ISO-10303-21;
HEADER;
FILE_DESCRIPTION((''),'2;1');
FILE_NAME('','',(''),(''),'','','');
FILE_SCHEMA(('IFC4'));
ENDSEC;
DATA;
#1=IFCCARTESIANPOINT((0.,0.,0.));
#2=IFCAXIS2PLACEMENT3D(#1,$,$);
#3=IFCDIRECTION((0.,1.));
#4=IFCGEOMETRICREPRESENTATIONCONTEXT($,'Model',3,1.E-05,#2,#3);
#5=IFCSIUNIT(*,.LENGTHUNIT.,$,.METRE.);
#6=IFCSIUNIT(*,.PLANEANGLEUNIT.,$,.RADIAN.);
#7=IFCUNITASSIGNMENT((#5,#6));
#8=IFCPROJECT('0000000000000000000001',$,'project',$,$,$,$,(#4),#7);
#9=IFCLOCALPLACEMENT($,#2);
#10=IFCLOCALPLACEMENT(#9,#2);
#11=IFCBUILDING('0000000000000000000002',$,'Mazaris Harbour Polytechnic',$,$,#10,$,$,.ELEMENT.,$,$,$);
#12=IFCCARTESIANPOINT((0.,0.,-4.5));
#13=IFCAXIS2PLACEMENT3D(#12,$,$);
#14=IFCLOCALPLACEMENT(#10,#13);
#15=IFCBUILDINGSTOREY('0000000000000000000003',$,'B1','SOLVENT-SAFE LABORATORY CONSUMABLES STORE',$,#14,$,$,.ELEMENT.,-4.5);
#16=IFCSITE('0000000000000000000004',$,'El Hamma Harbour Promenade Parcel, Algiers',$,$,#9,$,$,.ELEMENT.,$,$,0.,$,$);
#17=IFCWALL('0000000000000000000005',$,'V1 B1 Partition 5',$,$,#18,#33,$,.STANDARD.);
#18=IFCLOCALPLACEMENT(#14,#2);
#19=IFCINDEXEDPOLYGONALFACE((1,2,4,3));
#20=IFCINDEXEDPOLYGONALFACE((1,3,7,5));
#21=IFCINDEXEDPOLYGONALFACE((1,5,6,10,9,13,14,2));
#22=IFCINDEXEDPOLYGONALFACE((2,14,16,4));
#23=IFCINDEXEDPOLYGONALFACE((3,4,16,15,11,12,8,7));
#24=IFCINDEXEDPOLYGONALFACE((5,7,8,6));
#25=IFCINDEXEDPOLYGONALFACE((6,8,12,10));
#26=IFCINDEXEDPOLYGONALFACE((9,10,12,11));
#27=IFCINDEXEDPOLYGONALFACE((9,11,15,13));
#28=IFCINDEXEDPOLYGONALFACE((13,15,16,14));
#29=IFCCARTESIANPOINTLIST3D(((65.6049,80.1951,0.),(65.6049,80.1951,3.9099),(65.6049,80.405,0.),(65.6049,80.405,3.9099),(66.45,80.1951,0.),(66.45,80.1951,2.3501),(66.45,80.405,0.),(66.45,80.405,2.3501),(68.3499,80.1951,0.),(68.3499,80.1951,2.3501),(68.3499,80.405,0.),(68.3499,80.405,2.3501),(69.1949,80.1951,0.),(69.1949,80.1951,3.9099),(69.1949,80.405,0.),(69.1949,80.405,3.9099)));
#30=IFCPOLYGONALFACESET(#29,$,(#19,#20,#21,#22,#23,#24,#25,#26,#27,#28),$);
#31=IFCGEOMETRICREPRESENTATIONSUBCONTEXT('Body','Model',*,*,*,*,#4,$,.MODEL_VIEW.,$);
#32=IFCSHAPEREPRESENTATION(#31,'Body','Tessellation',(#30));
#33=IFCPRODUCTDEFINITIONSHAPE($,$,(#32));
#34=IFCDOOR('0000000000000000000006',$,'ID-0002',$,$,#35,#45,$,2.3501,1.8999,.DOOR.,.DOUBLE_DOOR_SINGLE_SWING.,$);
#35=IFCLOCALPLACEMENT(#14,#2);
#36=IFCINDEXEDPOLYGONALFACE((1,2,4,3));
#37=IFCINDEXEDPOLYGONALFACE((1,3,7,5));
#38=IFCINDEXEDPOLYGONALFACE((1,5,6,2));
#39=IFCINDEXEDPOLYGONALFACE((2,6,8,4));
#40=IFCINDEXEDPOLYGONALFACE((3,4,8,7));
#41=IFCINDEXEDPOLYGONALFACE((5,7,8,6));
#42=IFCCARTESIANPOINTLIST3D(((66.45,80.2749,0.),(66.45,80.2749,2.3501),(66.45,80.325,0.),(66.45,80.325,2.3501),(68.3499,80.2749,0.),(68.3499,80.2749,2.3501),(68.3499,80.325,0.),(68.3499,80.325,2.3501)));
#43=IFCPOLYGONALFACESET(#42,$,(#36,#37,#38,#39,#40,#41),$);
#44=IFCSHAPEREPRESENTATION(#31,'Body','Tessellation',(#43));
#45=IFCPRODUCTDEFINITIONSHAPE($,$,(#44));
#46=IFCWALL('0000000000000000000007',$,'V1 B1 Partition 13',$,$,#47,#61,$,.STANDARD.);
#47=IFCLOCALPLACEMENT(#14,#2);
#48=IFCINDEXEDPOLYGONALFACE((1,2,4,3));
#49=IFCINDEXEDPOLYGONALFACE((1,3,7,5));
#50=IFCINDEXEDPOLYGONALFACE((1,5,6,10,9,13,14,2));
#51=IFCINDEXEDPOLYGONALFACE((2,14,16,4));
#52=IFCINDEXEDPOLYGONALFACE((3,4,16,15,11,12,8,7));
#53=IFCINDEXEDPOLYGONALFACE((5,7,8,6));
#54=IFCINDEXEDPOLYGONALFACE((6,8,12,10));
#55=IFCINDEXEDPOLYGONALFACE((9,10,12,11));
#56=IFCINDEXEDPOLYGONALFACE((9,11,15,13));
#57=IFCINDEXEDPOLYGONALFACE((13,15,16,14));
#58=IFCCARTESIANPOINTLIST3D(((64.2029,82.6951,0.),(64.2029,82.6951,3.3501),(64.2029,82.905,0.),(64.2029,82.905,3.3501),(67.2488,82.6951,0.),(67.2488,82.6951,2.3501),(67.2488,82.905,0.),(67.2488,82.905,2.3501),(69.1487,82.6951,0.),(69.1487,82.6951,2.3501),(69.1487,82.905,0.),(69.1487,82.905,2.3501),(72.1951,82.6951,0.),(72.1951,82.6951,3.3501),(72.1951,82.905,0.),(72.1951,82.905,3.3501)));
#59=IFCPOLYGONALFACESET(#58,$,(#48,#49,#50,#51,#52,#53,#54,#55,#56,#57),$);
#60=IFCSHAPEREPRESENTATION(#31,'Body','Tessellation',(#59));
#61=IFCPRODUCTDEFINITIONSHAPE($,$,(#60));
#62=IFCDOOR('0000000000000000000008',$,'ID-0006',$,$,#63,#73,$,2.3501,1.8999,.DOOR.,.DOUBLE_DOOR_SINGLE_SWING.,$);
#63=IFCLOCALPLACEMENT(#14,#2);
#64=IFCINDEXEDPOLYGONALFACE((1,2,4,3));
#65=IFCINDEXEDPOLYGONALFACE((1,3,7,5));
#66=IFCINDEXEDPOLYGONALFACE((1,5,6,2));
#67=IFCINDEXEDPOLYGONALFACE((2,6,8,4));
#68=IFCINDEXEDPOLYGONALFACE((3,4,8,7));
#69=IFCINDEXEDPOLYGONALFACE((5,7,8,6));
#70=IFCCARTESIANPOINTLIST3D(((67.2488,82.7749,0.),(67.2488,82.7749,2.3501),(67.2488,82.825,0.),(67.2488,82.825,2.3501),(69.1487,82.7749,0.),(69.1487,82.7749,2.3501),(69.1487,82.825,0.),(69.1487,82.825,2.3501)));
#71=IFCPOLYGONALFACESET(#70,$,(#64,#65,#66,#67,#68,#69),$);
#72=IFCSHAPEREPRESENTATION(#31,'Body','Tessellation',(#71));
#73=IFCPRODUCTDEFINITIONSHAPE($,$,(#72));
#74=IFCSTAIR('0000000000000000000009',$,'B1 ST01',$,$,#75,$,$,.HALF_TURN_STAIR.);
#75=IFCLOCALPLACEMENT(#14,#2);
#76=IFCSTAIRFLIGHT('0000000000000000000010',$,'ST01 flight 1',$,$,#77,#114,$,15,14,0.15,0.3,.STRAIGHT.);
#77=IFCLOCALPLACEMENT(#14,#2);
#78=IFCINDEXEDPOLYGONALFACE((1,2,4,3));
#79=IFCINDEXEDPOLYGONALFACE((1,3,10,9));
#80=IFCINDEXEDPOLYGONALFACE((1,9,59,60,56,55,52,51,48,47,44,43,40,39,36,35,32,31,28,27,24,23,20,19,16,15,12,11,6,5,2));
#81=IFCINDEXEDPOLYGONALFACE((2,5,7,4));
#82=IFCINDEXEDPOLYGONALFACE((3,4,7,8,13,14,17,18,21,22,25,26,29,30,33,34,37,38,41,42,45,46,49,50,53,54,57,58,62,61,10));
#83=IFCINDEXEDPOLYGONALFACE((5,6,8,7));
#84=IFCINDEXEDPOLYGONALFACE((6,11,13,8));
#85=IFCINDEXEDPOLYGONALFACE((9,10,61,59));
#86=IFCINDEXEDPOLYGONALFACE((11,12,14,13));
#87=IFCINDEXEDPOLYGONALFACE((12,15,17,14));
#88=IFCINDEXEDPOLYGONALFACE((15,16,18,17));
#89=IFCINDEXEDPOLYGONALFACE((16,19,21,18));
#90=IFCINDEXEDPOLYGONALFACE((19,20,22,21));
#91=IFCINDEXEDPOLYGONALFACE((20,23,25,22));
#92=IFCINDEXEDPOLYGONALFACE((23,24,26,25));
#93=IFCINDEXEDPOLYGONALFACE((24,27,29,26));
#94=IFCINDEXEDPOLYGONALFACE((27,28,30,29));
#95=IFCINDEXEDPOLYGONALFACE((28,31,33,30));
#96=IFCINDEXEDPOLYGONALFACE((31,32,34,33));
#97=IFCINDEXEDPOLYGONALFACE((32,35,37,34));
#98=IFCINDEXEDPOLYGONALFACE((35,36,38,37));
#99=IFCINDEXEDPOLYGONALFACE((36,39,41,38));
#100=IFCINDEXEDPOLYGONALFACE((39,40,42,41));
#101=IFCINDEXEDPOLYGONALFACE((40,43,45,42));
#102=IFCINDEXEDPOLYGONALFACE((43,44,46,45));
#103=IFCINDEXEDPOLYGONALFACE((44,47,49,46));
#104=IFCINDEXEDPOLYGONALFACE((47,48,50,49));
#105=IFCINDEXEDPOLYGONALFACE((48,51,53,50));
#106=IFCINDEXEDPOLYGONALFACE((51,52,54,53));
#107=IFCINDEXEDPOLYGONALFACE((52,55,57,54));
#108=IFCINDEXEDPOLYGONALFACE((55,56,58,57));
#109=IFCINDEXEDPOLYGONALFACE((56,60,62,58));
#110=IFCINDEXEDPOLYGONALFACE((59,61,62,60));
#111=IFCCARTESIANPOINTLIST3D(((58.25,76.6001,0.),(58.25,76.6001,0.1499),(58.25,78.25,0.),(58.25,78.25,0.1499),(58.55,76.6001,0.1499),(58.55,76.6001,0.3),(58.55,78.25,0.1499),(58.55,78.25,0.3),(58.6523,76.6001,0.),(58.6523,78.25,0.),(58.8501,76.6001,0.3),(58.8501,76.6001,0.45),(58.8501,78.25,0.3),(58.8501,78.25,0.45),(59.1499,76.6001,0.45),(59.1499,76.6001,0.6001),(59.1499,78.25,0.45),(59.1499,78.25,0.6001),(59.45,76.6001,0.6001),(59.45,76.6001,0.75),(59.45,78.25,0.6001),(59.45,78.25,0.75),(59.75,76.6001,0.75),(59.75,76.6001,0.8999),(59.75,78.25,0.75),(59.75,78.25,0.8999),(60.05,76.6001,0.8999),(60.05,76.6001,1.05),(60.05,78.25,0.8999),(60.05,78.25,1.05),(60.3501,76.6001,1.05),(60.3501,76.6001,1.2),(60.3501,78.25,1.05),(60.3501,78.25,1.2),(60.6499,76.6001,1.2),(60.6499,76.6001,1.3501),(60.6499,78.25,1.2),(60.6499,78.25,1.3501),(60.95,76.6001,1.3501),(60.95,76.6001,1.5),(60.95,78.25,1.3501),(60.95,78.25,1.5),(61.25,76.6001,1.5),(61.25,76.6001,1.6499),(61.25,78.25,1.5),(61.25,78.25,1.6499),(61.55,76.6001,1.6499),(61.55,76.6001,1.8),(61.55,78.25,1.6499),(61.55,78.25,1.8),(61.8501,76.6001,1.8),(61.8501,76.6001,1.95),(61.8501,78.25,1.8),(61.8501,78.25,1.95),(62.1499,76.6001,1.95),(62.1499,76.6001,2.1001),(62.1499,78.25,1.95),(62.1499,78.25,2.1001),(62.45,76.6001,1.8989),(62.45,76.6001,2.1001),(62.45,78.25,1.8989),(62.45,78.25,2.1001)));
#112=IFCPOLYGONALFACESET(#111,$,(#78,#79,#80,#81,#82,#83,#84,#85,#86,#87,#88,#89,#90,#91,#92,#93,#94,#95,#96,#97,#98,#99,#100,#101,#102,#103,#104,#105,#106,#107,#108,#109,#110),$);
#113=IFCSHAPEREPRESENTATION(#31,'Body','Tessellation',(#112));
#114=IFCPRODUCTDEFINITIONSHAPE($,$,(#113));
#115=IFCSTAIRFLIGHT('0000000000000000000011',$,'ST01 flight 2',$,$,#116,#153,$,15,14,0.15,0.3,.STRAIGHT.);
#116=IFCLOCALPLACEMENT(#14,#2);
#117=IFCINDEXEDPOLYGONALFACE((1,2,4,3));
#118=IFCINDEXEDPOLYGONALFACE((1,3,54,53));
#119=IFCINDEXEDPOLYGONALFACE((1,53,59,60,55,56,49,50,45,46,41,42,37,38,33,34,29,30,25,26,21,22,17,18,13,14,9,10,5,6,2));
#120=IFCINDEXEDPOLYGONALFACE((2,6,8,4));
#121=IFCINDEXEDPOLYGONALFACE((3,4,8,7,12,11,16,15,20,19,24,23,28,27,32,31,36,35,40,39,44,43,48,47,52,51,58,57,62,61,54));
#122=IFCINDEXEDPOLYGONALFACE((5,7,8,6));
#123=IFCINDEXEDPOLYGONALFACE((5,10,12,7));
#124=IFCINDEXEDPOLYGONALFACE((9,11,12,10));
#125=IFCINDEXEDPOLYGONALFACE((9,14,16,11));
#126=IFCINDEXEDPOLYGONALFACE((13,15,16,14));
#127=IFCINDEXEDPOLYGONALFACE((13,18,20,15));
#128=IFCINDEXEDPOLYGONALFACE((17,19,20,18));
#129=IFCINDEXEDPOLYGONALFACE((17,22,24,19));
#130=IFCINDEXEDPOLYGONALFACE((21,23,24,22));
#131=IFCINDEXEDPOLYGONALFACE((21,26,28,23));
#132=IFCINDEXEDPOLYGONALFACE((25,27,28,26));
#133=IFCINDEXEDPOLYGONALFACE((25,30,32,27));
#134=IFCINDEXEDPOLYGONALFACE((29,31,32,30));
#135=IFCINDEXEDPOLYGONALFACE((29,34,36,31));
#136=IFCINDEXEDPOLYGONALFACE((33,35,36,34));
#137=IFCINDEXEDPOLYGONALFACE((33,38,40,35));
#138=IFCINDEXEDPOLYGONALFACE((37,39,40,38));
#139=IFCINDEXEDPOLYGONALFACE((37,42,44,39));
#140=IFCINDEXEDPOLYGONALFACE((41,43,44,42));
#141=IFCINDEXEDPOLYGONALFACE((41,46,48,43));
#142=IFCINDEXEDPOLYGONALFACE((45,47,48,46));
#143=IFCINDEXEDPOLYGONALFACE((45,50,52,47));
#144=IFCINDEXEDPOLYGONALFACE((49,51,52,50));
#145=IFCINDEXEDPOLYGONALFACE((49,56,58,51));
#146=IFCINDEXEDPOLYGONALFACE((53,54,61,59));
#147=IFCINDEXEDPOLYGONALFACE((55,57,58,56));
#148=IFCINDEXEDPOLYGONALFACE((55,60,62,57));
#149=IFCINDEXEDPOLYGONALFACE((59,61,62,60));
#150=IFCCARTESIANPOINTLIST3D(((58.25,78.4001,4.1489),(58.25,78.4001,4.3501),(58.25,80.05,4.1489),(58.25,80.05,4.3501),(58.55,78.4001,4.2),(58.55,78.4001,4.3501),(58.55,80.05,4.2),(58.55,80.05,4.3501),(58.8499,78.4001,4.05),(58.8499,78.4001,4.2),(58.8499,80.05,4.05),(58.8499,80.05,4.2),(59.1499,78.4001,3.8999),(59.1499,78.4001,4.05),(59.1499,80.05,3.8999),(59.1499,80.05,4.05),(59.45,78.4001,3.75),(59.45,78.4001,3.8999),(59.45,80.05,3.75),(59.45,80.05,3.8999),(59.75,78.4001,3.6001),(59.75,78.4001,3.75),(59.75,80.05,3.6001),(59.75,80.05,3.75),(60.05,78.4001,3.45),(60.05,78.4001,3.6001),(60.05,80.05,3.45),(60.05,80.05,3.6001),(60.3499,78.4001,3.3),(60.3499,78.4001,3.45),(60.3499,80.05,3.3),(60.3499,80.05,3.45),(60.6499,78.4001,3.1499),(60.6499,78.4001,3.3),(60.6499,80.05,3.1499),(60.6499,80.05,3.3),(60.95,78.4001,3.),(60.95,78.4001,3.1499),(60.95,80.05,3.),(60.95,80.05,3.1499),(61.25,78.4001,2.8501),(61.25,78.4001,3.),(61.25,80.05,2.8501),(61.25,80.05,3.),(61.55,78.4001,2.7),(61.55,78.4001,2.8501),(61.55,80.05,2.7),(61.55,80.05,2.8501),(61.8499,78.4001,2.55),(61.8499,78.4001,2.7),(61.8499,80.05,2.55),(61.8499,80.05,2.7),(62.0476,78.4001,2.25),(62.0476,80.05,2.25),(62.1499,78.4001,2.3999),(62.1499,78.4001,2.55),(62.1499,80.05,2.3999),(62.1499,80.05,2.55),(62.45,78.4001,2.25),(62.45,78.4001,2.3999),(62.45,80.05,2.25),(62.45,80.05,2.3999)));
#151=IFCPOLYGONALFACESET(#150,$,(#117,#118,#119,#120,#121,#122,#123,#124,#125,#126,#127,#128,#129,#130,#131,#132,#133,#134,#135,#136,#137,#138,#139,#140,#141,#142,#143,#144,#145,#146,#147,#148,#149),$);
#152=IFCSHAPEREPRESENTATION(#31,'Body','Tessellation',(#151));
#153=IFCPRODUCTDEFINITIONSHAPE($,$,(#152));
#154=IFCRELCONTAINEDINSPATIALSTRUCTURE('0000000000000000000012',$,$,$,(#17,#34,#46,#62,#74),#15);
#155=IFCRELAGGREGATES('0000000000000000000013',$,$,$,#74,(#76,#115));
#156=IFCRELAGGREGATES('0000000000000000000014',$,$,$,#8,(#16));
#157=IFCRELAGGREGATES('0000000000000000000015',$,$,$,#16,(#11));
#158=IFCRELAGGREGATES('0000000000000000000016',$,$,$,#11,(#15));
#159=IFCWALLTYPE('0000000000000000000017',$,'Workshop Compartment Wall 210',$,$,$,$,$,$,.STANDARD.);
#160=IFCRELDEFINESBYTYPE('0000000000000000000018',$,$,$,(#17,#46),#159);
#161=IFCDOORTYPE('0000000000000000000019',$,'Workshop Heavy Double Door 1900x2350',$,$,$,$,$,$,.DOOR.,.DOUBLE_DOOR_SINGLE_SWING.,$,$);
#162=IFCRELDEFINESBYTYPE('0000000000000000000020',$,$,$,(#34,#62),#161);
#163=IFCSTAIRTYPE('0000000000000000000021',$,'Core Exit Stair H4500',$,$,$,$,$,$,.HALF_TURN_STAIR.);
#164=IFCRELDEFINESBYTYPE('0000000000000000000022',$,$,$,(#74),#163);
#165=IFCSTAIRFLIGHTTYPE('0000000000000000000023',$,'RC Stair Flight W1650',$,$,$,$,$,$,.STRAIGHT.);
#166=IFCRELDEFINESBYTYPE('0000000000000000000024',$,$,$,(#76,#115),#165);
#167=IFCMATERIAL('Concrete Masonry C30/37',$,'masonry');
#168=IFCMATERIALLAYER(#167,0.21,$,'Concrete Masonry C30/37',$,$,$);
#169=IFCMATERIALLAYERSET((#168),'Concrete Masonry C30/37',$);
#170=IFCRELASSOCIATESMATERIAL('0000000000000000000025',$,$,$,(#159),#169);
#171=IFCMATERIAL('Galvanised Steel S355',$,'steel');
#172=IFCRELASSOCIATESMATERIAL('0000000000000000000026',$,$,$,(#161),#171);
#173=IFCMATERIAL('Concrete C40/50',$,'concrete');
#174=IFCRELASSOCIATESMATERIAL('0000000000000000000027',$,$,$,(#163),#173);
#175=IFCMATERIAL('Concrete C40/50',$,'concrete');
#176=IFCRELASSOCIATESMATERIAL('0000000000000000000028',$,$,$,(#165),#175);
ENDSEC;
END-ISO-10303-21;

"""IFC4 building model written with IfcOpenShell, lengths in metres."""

from ifc_helpers import new_model, si_unit, direction, frame, frame_2d, origin, place, context, subcontext, project, spatial, polyline, rectangle, outline, extrude, material, layer, layer_set, type_object, element, fill, aggregate, save


model = new_model("IFC4")

# Units and contexts
model_context = context("Model", 3, precision=1e-05, world=origin(), true_north=direction((0.0, 1.0)))
body_context = subcontext(model_context, "Body", "Model", "MODEL_VIEW")
ifc_project = project(units=[si_unit("LENGTHUNIT", "METRE"), si_unit("PLANEANGLEUNIT", "RADIAN")], contexts=[model_context])

# Site, building, storey
site_placement = place(None, origin())
site = spatial("IfcSite", under=ifc_project, at=site_placement, Name="El Hamma Harbour Promenade Parcel, Algiers", CompositionType="ELEMENT", RefElevation=0.0)
building_placement = place(site_placement, origin())
building = spatial("IfcBuilding", under=site, at=building_placement, Name="Mazaris Harbour Polytechnic", CompositionType="ELEMENT")
storey_placement = place(building_placement, frame((0.0, 0.0, -4.5)))
storey = spatial("IfcBuildingStorey", under=building, at=storey_placement, Name="B1", Description="SOLVENT-SAFE LABORATORY CONSUMABLES STORE", CompositionType="ELEMENT", Elevation=-4.5)

# Walls, openings, doors
ifc_material_1 = material(Name="Concrete Masonry C30/37", Category="masonry")
ifc_layer_1 = layer(ifc_material_1, 0.21, Name="Concrete Masonry C30/37")
ifc_layer_set_1 = layer_set([ifc_layer_1], Name="Concrete Masonry C30/37")
wall_type_1 = type_object("IfcWallType", Name="Workshop Compartment Wall 210", PredefinedType="STANDARD", material=ifc_layer_set_1)
wall_1_placement = place(storey_placement, frame((65.605, 80.3, 0.0), z_axis=(0.0, 0.0, 1.0), x_axis=(1.0, 0.0, 0.0)))
wall_1 = element("IfcWall", 1, at=wall_1_placement, inside=storey, type_object=wall_type_1, Name="V1 B1 Partition 5", PredefinedType="STANDARD", context=body_context, shape_type="SweptSolid", body=[
    extrude(rectangle(XDim=3.5901, YDim=0.21, at=frame_2d((1.7949, 0.0))), origin(), (0.0, 0.0, 1.0), 3.9099),
])
opening_1_placement = place(wall_1_placement, frame((0.845, 0.0, 0.0)))
opening_1 = element("IfcOpeningElement", 2, at=opening_1_placement, cuts=wall_1, PredefinedType="OPENING", context=body_context, shape_type="SweptSolid", body=[
    extrude(rectangle(XDim=1.8999, YDim=2.3501, at=frame_2d((0.95, 1.175))), frame((0.0, 0.115, 0.0), z_axis=(0.0, -1.0, 0.0), x_axis=(1.0, 0.0, 0.0)), (0.0, 0.0, 1.0), 0.23),
])
ifc_material_2 = material(Name="Galvanised Steel S355", Category="steel")
door_type = type_object("IfcDoorType", Name="Workshop Heavy Double Door 1900x2350", OperationType="DOUBLE_DOOR_SINGLE_SWING", PredefinedType="DOOR", material=ifc_material_2)
door_1_placement = place(opening_1_placement, origin())
door_1 = element("IfcDoor", 3, at=door_1_placement, inside=storey, type_object=door_type, Name="ID-0002", OperationType="DOUBLE_DOOR_SINGLE_SWING", OverallHeight=2.3501, OverallWidth=1.8999, PredefinedType="DOOR", context=body_context, shape_type="SweptSolid", body=[
    extrude(rectangle(XDim=1.8999, YDim=2.3501, at=frame_2d((0.95, 1.175))), frame((0.0, 0.0249, 0.0), z_axis=(0.0, -1.0, 0.0), x_axis=(1.0, 0.0, 0.0)), (0.0, 0.0, 1.0), 0.05),
])
fill(opening_1, door_1)
wall_2_placement = place(storey_placement, frame((64.2029, 82.8, 0.0), z_axis=(0.0, 0.0, 1.0), x_axis=(1.0, 0.0, 0.0)))
wall_2 = element("IfcWall", 4, at=wall_2_placement, inside=storey, type_object=wall_type_1, Name="V1 B1 Partition 13", PredefinedType="STANDARD", context=body_context, shape_type="SweptSolid", body=[
    extrude(rectangle(XDim=7.9922, YDim=0.21, at=frame_2d((3.9961, 0.0))), origin(), (0.0, 0.0, 1.0), 3.3501),
])
opening_2_placement = place(wall_2_placement, frame((3.0459, 0.0, 0.0)))
opening_2 = element("IfcOpeningElement", 5, at=opening_2_placement, cuts=wall_2, PredefinedType="OPENING", context=body_context, shape_type="SweptSolid", body=[
    extrude(rectangle(XDim=1.8999, YDim=2.3501, at=frame_2d((0.95, 1.175))), frame((0.0, 0.115, 0.0), z_axis=(0.0, -1.0, 0.0), x_axis=(1.0, 0.0, 0.0)), (0.0, 0.0, 1.0), 0.23),
])
door_2_placement = place(opening_2_placement, origin())
door_2 = element("IfcDoor", 6, at=door_2_placement, inside=storey, type_object=door_type, Name="ID-0006", OperationType="DOUBLE_DOOR_SINGLE_SWING", OverallHeight=2.3501, OverallWidth=1.8999, PredefinedType="DOOR", context=body_context, shape_type="SweptSolid", body=[
    extrude(rectangle(XDim=1.8999, YDim=2.3501, at=frame_2d((0.95, 1.175))), frame((0.0, 0.0249, 0.0), z_axis=(0.0, -1.0, 0.0), x_axis=(1.0, 0.0, 0.0)), (0.0, 0.0, 1.0), 0.05),
])
fill(opening_2, door_2)

# Stair, stair flights
ifc_material_3 = material(Name="Concrete C40/50", Category="concrete")
stair_type = type_object("IfcStairType", Name="Core Exit Stair H4500", PredefinedType="HALF_TURN_STAIR", material=ifc_material_3)
stair_placement = place(storey_placement, origin())
stair = element("IfcStair", 7, at=stair_placement, inside=storey, type_object=stair_type, Name="B1 ST01", PredefinedType="HALF_TURN_STAIR")
ifc_material_4 = material(Name="Concrete C40/50", Category="concrete")
stair_flight_type = type_object("IfcStairFlightType", Name="RC Stair Flight W1650", PredefinedType="STRAIGHT", material=ifc_material_4)
stair_flight_1_placement = place(storey_placement, frame((58.25, 77.425, 0.0), z_axis=(0.0, 0.0, 1.0), x_axis=(1.0, 0.0, 0.0)))
stair_flight_1 = element("IfcStairFlight", 8, at=stair_flight_1_placement, type_object=stair_flight_type, Name="ST01 flight 1", NumberOfRisers=15, NumberOfTreads=14, PredefinedType="STRAIGHT", RiserHeight=0.15, TreadLength=0.3, context=body_context, shape_type="SweptSolid", body=[
    extrude(outline(polyline([(0.0, 0.0), (0.0, 0.1499), (0.3, 0.1499), (0.3, 0.3), (0.6001, 0.3), (0.6001, 0.45), (0.8999, 0.45), (0.8999, 0.6001), (1.2, 0.6001), (1.2, 0.75), (1.5, 0.75), (1.5, 0.8999), (1.8, 0.8999), (1.8, 1.05), (2.1001, 1.05), (2.1001, 1.2), (2.3999, 1.2), (2.3999, 1.3501), (2.7, 1.3501), (2.7, 1.5), (3.0, 1.5), (3.0, 1.6499), (3.3, 1.6499), (3.3, 1.8), (3.6001, 1.8), (3.6001, 1.95), (3.8999, 1.95), (3.8999, 2.1001), (4.2, 2.1001), (4.2, 2.25), (4.2, 1.8989), (0.4023, 0.0), (0.0, 0.0)])), frame((0.0, 0.825, 0.0), z_axis=(0.0, -1.0, 0.0), x_axis=(1.0, 0.0, 0.0)), (0.0, 0.0, 1.0), 1.6499),
])
stair_flight_2_placement = place(storey_placement, frame((62.45, 79.2251, 2.25), z_axis=(0.0, 0.0, 1.0), x_axis=(-1.0, 0.0, 0.0)))
stair_flight_2 = element("IfcStairFlight", 9, at=stair_flight_2_placement, type_object=stair_flight_type, Name="ST01 flight 2", NumberOfRisers=15, NumberOfTreads=14, PredefinedType="STRAIGHT", RiserHeight=0.15, TreadLength=0.3, context=body_context, shape_type="SweptSolid", body=[
    extrude(outline(polyline([(0.0, 0.0), (0.0, 0.1499), (0.3, 0.1499), (0.3, 0.3), (0.6001, 0.3), (0.6001, 0.45), (0.8999, 0.45), (0.8999, 0.6001), (1.2, 0.6001), (1.2, 0.75), (1.5, 0.75), (1.5, 0.8999), (1.8, 0.8999), (1.8, 1.05), (2.1001, 1.05), (2.1001, 1.2), (2.3999, 1.2), (2.3999, 1.3501), (2.7, 1.3501), (2.7, 1.5), (3.0, 1.5), (3.0, 1.6499), (3.3, 1.6499), (3.3, 1.8), (3.6001, 1.8), (3.6001, 1.95), (3.8999, 1.95), (3.8999, 2.1001), (4.2, 2.1001), (4.2, 2.25), (4.2, 1.8989), (0.4023, 0.0), (0.0, 0.0)])), frame((0.0, 0.825, 0.0), z_axis=(0.0, -1.0, 0.0), x_axis=(1.0, 0.0, 0.0)), (0.0, 0.0, 1.0), 1.6499),
])
aggregate(stair, [stair_flight_1, stair_flight_2])

save(model, "model.ifc")
